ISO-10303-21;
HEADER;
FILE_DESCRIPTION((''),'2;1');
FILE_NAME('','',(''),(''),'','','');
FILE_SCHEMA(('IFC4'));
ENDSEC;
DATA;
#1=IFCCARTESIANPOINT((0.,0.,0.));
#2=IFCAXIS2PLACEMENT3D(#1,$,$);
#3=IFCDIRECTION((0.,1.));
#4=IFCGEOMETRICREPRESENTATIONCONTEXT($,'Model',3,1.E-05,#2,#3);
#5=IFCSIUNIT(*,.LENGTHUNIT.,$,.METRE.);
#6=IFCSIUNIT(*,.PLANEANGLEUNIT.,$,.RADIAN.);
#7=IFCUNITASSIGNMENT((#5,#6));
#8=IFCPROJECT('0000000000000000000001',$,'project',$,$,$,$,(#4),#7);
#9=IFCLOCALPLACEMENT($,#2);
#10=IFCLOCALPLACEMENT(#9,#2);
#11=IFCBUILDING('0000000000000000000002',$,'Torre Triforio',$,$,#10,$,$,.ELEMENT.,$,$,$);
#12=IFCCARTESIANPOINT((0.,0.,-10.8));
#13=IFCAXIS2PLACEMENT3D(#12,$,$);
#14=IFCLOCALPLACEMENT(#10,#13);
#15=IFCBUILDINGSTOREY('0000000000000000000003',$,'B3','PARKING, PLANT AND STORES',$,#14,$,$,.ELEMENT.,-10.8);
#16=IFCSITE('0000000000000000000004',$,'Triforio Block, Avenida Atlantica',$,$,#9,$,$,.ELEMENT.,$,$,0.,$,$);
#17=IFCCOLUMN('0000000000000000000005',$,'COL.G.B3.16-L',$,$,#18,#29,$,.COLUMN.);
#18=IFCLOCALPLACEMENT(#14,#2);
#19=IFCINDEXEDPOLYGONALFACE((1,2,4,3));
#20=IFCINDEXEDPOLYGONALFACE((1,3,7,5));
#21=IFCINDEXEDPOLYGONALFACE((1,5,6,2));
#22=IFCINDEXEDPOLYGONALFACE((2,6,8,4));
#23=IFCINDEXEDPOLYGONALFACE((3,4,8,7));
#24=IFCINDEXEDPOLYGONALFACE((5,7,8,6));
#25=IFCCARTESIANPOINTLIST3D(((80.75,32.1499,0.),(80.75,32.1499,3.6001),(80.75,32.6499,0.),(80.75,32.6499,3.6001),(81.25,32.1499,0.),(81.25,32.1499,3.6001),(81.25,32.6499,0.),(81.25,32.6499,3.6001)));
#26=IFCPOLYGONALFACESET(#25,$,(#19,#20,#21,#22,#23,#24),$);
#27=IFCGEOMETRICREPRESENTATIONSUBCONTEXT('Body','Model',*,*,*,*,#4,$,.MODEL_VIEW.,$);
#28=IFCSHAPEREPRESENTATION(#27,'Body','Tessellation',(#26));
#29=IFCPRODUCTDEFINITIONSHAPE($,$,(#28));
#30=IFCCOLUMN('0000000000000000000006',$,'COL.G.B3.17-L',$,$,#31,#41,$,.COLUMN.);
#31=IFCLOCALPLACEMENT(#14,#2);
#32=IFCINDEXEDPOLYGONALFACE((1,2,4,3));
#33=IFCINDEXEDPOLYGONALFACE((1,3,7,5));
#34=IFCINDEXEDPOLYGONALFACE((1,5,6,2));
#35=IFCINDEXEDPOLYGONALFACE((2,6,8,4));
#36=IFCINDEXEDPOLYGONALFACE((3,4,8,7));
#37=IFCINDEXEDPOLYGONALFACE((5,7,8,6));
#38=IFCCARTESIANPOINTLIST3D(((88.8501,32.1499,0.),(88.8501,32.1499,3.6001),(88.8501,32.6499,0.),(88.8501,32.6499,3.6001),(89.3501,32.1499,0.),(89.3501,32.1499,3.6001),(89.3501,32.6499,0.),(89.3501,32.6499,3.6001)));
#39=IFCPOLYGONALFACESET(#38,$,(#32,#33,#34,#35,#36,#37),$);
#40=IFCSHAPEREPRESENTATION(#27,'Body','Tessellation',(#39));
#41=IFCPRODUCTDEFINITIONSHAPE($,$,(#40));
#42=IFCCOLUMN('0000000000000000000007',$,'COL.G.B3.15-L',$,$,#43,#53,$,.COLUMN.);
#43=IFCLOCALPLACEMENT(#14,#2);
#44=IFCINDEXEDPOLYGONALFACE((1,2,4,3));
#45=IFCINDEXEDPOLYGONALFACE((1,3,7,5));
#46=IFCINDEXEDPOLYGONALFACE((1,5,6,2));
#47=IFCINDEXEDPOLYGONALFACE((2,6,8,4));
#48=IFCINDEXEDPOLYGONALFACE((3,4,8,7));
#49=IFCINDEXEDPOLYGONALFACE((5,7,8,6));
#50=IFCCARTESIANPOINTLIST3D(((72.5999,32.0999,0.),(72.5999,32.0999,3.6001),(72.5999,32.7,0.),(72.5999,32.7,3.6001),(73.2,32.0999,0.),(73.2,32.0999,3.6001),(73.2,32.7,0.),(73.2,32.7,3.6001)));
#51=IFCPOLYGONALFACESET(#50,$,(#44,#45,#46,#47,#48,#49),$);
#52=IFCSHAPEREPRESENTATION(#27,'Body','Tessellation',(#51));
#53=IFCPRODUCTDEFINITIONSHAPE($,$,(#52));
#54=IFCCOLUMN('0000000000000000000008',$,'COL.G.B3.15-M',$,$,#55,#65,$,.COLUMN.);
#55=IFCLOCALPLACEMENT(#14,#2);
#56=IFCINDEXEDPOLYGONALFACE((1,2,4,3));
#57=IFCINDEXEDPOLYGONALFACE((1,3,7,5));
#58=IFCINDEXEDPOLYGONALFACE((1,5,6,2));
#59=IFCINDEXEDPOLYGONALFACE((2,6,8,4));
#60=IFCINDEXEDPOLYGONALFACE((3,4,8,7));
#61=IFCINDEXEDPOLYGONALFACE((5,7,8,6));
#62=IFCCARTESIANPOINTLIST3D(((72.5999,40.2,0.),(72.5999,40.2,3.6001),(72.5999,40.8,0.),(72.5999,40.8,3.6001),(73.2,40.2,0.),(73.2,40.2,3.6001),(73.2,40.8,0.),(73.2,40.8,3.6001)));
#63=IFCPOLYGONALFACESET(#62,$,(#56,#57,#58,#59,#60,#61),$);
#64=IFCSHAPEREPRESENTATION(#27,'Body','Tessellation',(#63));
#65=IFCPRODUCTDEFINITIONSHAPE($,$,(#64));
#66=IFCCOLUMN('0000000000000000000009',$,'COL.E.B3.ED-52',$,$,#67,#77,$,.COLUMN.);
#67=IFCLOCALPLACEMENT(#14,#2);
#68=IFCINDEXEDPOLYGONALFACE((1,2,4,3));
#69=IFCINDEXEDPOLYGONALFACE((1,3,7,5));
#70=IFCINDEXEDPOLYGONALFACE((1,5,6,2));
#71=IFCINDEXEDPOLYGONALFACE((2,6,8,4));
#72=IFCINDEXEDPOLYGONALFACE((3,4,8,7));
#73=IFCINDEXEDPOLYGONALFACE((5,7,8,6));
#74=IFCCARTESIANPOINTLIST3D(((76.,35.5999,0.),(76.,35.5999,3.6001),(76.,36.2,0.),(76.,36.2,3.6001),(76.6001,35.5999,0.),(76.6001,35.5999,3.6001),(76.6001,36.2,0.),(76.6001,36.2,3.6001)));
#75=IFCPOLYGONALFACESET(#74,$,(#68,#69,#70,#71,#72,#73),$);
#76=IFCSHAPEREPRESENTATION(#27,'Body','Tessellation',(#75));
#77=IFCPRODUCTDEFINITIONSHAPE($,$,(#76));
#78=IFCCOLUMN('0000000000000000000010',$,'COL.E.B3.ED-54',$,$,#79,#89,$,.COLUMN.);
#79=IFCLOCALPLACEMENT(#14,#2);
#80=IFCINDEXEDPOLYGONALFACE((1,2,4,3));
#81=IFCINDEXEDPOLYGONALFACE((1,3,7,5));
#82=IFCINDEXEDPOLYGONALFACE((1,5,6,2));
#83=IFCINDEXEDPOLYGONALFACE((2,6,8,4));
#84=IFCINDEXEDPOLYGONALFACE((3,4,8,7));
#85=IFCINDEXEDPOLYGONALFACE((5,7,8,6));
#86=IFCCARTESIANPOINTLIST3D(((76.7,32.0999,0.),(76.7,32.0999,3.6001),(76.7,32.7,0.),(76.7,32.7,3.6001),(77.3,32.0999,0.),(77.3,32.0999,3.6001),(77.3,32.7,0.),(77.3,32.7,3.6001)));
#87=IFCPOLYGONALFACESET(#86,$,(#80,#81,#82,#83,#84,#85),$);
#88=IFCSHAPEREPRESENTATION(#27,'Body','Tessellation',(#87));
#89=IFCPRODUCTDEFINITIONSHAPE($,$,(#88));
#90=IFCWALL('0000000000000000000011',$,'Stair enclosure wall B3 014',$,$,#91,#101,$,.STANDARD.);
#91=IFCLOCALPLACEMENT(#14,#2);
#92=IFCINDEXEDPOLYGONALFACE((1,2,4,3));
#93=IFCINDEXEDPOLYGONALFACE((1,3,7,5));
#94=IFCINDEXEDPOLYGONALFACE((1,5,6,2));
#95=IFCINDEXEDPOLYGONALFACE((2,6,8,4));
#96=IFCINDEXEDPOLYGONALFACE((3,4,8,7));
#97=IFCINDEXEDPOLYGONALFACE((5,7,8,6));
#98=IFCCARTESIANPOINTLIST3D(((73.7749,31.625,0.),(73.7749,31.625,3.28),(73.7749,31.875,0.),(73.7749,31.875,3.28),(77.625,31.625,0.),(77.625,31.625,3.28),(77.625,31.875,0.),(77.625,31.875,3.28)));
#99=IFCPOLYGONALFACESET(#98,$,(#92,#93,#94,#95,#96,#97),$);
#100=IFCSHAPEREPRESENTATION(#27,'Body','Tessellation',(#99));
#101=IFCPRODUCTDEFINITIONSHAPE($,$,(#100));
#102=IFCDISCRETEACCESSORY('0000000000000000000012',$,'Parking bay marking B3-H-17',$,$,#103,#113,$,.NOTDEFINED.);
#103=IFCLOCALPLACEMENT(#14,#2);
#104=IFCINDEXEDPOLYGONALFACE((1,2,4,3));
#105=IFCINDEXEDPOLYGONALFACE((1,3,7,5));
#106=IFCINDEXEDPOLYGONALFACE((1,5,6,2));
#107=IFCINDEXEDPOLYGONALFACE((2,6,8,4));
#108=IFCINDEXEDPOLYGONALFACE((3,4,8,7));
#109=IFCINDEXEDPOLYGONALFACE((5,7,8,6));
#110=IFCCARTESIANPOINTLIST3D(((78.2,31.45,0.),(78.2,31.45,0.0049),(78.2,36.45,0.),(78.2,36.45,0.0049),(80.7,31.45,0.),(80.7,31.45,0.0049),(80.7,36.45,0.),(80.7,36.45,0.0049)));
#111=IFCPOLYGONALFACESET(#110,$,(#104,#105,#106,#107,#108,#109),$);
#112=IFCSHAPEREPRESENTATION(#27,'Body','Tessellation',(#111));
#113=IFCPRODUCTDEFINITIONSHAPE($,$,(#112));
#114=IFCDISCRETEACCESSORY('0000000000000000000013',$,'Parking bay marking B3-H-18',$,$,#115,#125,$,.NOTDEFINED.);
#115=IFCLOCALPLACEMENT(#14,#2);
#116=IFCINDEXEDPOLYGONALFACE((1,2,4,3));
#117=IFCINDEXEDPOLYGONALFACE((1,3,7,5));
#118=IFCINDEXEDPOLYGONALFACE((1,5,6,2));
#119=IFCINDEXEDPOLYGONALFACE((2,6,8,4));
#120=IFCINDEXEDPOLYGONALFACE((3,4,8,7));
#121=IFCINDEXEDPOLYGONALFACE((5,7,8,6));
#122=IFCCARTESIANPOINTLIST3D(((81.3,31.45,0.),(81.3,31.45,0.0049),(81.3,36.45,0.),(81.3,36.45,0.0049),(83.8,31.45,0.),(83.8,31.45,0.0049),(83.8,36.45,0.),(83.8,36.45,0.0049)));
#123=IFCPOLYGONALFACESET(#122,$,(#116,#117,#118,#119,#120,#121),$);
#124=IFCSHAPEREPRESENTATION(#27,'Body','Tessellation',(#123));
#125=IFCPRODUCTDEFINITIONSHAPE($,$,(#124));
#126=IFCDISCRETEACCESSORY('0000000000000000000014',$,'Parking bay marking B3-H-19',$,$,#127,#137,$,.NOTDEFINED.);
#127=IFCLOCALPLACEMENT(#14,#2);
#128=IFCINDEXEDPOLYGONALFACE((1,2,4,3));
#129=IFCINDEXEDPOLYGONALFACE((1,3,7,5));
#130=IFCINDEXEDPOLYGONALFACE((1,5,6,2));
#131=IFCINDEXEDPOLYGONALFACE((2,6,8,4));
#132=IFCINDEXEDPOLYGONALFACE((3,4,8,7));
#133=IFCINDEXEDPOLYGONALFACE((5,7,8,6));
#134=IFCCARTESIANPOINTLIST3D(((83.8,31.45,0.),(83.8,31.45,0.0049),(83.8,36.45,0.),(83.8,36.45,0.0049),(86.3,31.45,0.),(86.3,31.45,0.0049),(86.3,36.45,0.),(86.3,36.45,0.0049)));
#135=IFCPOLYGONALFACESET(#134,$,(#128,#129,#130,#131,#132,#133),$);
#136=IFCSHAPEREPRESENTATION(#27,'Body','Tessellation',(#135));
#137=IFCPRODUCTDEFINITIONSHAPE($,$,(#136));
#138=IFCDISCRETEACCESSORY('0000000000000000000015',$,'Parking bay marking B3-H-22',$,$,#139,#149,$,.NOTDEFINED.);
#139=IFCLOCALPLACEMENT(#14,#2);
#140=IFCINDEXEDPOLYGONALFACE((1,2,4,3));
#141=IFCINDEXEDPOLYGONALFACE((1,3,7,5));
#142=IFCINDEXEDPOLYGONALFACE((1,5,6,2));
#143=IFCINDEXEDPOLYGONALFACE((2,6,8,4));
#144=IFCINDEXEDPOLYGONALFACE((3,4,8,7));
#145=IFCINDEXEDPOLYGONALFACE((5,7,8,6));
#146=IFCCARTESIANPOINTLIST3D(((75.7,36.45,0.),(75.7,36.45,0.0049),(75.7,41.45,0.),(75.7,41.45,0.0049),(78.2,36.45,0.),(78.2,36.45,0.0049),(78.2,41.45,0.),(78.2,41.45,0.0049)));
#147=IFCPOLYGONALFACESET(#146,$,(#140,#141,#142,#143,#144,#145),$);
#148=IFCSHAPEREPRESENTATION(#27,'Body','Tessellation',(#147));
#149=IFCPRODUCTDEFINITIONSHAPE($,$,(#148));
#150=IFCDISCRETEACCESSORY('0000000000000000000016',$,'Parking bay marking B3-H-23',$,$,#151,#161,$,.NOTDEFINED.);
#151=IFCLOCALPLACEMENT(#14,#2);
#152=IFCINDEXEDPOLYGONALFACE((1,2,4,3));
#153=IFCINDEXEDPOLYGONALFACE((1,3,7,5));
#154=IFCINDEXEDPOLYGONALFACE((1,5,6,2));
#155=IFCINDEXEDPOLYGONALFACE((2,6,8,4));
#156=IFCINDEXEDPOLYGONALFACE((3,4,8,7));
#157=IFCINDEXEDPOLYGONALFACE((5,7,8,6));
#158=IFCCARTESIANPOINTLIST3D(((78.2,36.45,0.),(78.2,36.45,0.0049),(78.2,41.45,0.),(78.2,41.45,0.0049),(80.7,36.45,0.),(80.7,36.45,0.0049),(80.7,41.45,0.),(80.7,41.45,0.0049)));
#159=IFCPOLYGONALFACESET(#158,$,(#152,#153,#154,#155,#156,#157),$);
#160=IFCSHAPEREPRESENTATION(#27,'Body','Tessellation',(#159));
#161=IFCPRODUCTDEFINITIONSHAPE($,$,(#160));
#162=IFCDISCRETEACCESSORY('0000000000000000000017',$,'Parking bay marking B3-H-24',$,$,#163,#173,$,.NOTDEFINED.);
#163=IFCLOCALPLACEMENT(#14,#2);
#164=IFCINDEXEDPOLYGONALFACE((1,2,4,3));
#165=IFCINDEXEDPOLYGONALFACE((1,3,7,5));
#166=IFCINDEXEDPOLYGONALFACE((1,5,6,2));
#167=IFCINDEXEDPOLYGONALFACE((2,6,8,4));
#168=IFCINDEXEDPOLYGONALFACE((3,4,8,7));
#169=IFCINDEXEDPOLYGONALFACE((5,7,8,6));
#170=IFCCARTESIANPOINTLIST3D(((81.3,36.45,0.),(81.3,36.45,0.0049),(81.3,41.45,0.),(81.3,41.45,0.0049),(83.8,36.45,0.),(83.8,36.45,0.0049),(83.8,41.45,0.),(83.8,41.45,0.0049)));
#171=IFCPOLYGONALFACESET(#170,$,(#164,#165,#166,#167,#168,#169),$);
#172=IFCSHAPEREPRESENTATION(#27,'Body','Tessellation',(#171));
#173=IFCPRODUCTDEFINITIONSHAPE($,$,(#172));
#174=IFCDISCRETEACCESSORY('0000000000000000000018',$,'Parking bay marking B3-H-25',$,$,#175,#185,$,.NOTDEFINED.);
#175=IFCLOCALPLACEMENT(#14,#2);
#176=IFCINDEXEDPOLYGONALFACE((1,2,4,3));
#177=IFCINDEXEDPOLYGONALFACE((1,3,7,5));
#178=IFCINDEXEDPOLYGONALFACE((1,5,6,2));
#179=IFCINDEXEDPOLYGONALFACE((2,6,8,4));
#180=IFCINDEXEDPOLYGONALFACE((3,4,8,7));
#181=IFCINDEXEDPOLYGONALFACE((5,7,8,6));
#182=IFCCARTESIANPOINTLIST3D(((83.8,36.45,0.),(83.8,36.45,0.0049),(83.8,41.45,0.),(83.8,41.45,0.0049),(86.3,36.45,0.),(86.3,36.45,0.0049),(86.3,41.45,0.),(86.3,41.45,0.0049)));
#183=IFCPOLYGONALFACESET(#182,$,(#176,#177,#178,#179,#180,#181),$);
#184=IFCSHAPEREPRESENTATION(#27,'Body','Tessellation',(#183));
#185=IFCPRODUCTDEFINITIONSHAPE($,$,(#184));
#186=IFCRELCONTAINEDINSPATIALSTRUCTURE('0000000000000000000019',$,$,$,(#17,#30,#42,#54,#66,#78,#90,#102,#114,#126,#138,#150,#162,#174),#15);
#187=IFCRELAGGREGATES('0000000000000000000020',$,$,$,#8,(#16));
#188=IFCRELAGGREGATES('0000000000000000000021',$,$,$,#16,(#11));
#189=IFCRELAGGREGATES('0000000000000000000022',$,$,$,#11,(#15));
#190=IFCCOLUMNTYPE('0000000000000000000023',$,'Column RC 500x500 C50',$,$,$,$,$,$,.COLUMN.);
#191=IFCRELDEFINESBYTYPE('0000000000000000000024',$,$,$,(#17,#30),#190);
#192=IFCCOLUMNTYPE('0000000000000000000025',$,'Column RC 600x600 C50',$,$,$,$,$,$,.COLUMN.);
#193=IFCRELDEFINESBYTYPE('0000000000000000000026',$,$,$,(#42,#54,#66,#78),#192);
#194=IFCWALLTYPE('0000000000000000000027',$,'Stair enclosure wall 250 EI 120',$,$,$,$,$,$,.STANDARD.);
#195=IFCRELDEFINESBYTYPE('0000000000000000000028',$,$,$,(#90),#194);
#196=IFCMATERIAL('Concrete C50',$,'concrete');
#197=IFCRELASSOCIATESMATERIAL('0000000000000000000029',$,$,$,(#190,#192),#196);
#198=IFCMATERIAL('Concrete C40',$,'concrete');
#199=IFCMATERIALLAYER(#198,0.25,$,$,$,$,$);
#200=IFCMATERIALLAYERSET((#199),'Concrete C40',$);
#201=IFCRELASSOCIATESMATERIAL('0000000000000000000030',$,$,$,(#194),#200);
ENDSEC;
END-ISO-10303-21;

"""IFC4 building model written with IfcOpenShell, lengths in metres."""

from ifc_helpers import new_model, si_unit, direction, frame, frame_2d, origin, origin_2d, place, context, subcontext, project, spatial, rectangle, extrude, material, layer, layer_set, material_profile, profile_set, type_object, element, save


model = new_model("IFC4")

# Units and contexts
model_context = context("Model", 3, precision=1e-05, world=origin(), true_north=direction((0.0, 1.0)))
body_context = subcontext(model_context, "Body", "Model", "MODEL_VIEW")
ifc_project = project(units=[si_unit("LENGTHUNIT", "METRE"), si_unit("PLANEANGLEUNIT", "RADIAN")], contexts=[model_context])

# Site, building, storey
site_placement = place(None, origin())
site = spatial("IfcSite", under=ifc_project, at=site_placement, Name="Triforio Block, Avenida Atlantica", CompositionType="ELEMENT", RefElevation=0.0)
building_placement = place(site_placement, origin())
building = spatial("IfcBuilding", under=site, at=building_placement, Name="Torre Triforio", CompositionType="ELEMENT")
storey_placement = place(building_placement, frame((0.0, 0.0, -10.8)))
storey = spatial("IfcBuildingStorey", under=building, at=storey_placement, Name="B3", Description="PARKING, PLANT AND STORES", CompositionType="ELEMENT", Elevation=-10.8)

# Shared definitions
ifc_material_1 = material(Name="Concrete C50", Category="concrete")

# Columns
ifc_material_profile_1 = material_profile(ifc_material_1, rectangle(XDim=0.5, YDim=0.5, at=origin_2d()), Name="RC 500x500")
ifc_profile_set_1 = profile_set([ifc_material_profile_1], Name="Concrete C50")
column_type_1 = type_object("IfcColumnType", Name="Column RC 500x500 C50", PredefinedType="COLUMN", material=ifc_profile_set_1)
for number, where, z_axis, x_axis, name in (
    (1, (81.0, 32.3999, 0.0), (0.0, 0.0, 1.0), (1.0, 0.0, 0.0), "COL.G.B3.16-L"),
    (2, (89.1001, 32.3999, 0.0), (0.0, 0.0, 1.0), (1.0, 0.0, 0.0), "COL.G.B3.17-L"),
):
    element("IfcColumn", number, at=place(storey_placement, frame(where, z_axis=z_axis, x_axis=x_axis)), inside=storey, type_object=column_type_1, Name=name, PredefinedType="COLUMN", context=body_context, shape_type="SweptSolid", body=[
        extrude(rectangle(XDim=0.5, YDim=0.5, at=origin_2d()), origin(), (0.0, 0.0, 1.0), 3.6001),
    ])
ifc_material_profile_2 = material_profile(ifc_material_1, rectangle(XDim=0.6001, YDim=0.6001, at=origin_2d()), Name="RC 600x600")
ifc_profile_set_2 = profile_set([ifc_material_profile_2], Name="Concrete C50")
column_type_2 = type_object("IfcColumnType", Name="Column RC 600x600 C50", PredefinedType="COLUMN", material=ifc_profile_set_2)
for number, where, z_axis, x_axis, name in (
    (3, (72.8999, 32.3999, 0.0), (0.0, 0.0, 1.0), (1.0, 0.0, 0.0), "COL.G.B3.15-L"),
    (4, (72.8999, 40.5, 0.0), (0.0, 0.0, 1.0), (1.0, 0.0, 0.0), "COL.G.B3.15-M"),
    (5, (76.3, 35.8999, 0.0), (0.0, 0.0, 1.0), (1.0, 0.0, 0.0), "COL.E.B3.ED-52"),
    (6, (77.0, 32.3999, 0.0), (0.0, 0.0, 1.0), (1.0, 0.0, 0.0), "COL.E.B3.ED-54"),
):
    element("IfcColumn", number, at=place(storey_placement, frame(where, z_axis=z_axis, x_axis=x_axis)), inside=storey, type_object=column_type_2, Name=name, PredefinedType="COLUMN", context=body_context, shape_type="SweptSolid", body=[
        extrude(rectangle(XDim=0.6001, YDim=0.6001, at=origin_2d()), origin(), (0.0, 0.0, 1.0), 3.6001),
    ])

# Wall
ifc_material_2 = material(Name="Concrete C40", Category="concrete")
ifc_layer = layer(ifc_material_2, 0.25)
ifc_layer_set = layer_set([ifc_layer], Name="Concrete C40")
wall_type = type_object("IfcWallType", Name="Stair enclosure wall 250 EI 120", PredefinedType="STANDARD", material=ifc_layer_set)
wall_placement = place(storey_placement, frame((73.7749, 31.75, 0.0), z_axis=(0.0, 0.0, 1.0), x_axis=(1.0, 0.0, 0.0)))
element("IfcWall", 7, at=wall_placement, inside=storey, type_object=wall_type, Name="Stair enclosure wall B3 014", PredefinedType="STANDARD", context=body_context, shape_type="SweptSolid", body=[
    extrude(rectangle(XDim=3.8501, YDim=0.25, at=frame_2d((1.925, 0.0))), origin(), (0.0, 0.0, 1.0), 3.28),
])

# Discrete accessories
for number, where, z_axis, x_axis, name in (
    (8, (79.45, 33.95, 0.0), (0.0, 0.0, 1.0), (1.0, 0.0, 0.0), "Parking bay marking B3-H-17"),
    (9, (82.55, 33.95, 0.0), (0.0, 0.0, 1.0), (1.0, 0.0, 0.0), "Parking bay marking B3-H-18"),
    (10, (85.05, 33.95, 0.0), (0.0, 0.0, 1.0), (1.0, 0.0, 0.0), "Parking bay marking B3-H-19"),
    (11, (76.95, 38.95, 0.0), (0.0, 0.0, 1.0), (1.0, 0.0, 0.0), "Parking bay marking B3-H-22"),
    (12, (79.45, 38.95, 0.0), (0.0, 0.0, 1.0), (1.0, 0.0, 0.0), "Parking bay marking B3-H-23"),
    (13, (82.55, 38.95, 0.0), (0.0, 0.0, 1.0), (1.0, 0.0, 0.0), "Parking bay marking B3-H-24"),
    (14, (85.05, 38.95, 0.0), (0.0, 0.0, 1.0), (1.0, 0.0, 0.0), "Parking bay marking B3-H-25"),
):
    element("IfcDiscreteAccessory", number, at=place(storey_placement, frame(where, z_axis=z_axis, x_axis=x_axis)), inside=storey, Name=name, PredefinedType="NOTDEFINED", context=body_context, shape_type="SweptSolid", body=[
        extrude(rectangle(XDim=2.5, YDim=5.0, at=origin_2d()), origin(), (0.0, 0.0, 1.0), 0.0049),
    ])

save(model, "model.ifc")
